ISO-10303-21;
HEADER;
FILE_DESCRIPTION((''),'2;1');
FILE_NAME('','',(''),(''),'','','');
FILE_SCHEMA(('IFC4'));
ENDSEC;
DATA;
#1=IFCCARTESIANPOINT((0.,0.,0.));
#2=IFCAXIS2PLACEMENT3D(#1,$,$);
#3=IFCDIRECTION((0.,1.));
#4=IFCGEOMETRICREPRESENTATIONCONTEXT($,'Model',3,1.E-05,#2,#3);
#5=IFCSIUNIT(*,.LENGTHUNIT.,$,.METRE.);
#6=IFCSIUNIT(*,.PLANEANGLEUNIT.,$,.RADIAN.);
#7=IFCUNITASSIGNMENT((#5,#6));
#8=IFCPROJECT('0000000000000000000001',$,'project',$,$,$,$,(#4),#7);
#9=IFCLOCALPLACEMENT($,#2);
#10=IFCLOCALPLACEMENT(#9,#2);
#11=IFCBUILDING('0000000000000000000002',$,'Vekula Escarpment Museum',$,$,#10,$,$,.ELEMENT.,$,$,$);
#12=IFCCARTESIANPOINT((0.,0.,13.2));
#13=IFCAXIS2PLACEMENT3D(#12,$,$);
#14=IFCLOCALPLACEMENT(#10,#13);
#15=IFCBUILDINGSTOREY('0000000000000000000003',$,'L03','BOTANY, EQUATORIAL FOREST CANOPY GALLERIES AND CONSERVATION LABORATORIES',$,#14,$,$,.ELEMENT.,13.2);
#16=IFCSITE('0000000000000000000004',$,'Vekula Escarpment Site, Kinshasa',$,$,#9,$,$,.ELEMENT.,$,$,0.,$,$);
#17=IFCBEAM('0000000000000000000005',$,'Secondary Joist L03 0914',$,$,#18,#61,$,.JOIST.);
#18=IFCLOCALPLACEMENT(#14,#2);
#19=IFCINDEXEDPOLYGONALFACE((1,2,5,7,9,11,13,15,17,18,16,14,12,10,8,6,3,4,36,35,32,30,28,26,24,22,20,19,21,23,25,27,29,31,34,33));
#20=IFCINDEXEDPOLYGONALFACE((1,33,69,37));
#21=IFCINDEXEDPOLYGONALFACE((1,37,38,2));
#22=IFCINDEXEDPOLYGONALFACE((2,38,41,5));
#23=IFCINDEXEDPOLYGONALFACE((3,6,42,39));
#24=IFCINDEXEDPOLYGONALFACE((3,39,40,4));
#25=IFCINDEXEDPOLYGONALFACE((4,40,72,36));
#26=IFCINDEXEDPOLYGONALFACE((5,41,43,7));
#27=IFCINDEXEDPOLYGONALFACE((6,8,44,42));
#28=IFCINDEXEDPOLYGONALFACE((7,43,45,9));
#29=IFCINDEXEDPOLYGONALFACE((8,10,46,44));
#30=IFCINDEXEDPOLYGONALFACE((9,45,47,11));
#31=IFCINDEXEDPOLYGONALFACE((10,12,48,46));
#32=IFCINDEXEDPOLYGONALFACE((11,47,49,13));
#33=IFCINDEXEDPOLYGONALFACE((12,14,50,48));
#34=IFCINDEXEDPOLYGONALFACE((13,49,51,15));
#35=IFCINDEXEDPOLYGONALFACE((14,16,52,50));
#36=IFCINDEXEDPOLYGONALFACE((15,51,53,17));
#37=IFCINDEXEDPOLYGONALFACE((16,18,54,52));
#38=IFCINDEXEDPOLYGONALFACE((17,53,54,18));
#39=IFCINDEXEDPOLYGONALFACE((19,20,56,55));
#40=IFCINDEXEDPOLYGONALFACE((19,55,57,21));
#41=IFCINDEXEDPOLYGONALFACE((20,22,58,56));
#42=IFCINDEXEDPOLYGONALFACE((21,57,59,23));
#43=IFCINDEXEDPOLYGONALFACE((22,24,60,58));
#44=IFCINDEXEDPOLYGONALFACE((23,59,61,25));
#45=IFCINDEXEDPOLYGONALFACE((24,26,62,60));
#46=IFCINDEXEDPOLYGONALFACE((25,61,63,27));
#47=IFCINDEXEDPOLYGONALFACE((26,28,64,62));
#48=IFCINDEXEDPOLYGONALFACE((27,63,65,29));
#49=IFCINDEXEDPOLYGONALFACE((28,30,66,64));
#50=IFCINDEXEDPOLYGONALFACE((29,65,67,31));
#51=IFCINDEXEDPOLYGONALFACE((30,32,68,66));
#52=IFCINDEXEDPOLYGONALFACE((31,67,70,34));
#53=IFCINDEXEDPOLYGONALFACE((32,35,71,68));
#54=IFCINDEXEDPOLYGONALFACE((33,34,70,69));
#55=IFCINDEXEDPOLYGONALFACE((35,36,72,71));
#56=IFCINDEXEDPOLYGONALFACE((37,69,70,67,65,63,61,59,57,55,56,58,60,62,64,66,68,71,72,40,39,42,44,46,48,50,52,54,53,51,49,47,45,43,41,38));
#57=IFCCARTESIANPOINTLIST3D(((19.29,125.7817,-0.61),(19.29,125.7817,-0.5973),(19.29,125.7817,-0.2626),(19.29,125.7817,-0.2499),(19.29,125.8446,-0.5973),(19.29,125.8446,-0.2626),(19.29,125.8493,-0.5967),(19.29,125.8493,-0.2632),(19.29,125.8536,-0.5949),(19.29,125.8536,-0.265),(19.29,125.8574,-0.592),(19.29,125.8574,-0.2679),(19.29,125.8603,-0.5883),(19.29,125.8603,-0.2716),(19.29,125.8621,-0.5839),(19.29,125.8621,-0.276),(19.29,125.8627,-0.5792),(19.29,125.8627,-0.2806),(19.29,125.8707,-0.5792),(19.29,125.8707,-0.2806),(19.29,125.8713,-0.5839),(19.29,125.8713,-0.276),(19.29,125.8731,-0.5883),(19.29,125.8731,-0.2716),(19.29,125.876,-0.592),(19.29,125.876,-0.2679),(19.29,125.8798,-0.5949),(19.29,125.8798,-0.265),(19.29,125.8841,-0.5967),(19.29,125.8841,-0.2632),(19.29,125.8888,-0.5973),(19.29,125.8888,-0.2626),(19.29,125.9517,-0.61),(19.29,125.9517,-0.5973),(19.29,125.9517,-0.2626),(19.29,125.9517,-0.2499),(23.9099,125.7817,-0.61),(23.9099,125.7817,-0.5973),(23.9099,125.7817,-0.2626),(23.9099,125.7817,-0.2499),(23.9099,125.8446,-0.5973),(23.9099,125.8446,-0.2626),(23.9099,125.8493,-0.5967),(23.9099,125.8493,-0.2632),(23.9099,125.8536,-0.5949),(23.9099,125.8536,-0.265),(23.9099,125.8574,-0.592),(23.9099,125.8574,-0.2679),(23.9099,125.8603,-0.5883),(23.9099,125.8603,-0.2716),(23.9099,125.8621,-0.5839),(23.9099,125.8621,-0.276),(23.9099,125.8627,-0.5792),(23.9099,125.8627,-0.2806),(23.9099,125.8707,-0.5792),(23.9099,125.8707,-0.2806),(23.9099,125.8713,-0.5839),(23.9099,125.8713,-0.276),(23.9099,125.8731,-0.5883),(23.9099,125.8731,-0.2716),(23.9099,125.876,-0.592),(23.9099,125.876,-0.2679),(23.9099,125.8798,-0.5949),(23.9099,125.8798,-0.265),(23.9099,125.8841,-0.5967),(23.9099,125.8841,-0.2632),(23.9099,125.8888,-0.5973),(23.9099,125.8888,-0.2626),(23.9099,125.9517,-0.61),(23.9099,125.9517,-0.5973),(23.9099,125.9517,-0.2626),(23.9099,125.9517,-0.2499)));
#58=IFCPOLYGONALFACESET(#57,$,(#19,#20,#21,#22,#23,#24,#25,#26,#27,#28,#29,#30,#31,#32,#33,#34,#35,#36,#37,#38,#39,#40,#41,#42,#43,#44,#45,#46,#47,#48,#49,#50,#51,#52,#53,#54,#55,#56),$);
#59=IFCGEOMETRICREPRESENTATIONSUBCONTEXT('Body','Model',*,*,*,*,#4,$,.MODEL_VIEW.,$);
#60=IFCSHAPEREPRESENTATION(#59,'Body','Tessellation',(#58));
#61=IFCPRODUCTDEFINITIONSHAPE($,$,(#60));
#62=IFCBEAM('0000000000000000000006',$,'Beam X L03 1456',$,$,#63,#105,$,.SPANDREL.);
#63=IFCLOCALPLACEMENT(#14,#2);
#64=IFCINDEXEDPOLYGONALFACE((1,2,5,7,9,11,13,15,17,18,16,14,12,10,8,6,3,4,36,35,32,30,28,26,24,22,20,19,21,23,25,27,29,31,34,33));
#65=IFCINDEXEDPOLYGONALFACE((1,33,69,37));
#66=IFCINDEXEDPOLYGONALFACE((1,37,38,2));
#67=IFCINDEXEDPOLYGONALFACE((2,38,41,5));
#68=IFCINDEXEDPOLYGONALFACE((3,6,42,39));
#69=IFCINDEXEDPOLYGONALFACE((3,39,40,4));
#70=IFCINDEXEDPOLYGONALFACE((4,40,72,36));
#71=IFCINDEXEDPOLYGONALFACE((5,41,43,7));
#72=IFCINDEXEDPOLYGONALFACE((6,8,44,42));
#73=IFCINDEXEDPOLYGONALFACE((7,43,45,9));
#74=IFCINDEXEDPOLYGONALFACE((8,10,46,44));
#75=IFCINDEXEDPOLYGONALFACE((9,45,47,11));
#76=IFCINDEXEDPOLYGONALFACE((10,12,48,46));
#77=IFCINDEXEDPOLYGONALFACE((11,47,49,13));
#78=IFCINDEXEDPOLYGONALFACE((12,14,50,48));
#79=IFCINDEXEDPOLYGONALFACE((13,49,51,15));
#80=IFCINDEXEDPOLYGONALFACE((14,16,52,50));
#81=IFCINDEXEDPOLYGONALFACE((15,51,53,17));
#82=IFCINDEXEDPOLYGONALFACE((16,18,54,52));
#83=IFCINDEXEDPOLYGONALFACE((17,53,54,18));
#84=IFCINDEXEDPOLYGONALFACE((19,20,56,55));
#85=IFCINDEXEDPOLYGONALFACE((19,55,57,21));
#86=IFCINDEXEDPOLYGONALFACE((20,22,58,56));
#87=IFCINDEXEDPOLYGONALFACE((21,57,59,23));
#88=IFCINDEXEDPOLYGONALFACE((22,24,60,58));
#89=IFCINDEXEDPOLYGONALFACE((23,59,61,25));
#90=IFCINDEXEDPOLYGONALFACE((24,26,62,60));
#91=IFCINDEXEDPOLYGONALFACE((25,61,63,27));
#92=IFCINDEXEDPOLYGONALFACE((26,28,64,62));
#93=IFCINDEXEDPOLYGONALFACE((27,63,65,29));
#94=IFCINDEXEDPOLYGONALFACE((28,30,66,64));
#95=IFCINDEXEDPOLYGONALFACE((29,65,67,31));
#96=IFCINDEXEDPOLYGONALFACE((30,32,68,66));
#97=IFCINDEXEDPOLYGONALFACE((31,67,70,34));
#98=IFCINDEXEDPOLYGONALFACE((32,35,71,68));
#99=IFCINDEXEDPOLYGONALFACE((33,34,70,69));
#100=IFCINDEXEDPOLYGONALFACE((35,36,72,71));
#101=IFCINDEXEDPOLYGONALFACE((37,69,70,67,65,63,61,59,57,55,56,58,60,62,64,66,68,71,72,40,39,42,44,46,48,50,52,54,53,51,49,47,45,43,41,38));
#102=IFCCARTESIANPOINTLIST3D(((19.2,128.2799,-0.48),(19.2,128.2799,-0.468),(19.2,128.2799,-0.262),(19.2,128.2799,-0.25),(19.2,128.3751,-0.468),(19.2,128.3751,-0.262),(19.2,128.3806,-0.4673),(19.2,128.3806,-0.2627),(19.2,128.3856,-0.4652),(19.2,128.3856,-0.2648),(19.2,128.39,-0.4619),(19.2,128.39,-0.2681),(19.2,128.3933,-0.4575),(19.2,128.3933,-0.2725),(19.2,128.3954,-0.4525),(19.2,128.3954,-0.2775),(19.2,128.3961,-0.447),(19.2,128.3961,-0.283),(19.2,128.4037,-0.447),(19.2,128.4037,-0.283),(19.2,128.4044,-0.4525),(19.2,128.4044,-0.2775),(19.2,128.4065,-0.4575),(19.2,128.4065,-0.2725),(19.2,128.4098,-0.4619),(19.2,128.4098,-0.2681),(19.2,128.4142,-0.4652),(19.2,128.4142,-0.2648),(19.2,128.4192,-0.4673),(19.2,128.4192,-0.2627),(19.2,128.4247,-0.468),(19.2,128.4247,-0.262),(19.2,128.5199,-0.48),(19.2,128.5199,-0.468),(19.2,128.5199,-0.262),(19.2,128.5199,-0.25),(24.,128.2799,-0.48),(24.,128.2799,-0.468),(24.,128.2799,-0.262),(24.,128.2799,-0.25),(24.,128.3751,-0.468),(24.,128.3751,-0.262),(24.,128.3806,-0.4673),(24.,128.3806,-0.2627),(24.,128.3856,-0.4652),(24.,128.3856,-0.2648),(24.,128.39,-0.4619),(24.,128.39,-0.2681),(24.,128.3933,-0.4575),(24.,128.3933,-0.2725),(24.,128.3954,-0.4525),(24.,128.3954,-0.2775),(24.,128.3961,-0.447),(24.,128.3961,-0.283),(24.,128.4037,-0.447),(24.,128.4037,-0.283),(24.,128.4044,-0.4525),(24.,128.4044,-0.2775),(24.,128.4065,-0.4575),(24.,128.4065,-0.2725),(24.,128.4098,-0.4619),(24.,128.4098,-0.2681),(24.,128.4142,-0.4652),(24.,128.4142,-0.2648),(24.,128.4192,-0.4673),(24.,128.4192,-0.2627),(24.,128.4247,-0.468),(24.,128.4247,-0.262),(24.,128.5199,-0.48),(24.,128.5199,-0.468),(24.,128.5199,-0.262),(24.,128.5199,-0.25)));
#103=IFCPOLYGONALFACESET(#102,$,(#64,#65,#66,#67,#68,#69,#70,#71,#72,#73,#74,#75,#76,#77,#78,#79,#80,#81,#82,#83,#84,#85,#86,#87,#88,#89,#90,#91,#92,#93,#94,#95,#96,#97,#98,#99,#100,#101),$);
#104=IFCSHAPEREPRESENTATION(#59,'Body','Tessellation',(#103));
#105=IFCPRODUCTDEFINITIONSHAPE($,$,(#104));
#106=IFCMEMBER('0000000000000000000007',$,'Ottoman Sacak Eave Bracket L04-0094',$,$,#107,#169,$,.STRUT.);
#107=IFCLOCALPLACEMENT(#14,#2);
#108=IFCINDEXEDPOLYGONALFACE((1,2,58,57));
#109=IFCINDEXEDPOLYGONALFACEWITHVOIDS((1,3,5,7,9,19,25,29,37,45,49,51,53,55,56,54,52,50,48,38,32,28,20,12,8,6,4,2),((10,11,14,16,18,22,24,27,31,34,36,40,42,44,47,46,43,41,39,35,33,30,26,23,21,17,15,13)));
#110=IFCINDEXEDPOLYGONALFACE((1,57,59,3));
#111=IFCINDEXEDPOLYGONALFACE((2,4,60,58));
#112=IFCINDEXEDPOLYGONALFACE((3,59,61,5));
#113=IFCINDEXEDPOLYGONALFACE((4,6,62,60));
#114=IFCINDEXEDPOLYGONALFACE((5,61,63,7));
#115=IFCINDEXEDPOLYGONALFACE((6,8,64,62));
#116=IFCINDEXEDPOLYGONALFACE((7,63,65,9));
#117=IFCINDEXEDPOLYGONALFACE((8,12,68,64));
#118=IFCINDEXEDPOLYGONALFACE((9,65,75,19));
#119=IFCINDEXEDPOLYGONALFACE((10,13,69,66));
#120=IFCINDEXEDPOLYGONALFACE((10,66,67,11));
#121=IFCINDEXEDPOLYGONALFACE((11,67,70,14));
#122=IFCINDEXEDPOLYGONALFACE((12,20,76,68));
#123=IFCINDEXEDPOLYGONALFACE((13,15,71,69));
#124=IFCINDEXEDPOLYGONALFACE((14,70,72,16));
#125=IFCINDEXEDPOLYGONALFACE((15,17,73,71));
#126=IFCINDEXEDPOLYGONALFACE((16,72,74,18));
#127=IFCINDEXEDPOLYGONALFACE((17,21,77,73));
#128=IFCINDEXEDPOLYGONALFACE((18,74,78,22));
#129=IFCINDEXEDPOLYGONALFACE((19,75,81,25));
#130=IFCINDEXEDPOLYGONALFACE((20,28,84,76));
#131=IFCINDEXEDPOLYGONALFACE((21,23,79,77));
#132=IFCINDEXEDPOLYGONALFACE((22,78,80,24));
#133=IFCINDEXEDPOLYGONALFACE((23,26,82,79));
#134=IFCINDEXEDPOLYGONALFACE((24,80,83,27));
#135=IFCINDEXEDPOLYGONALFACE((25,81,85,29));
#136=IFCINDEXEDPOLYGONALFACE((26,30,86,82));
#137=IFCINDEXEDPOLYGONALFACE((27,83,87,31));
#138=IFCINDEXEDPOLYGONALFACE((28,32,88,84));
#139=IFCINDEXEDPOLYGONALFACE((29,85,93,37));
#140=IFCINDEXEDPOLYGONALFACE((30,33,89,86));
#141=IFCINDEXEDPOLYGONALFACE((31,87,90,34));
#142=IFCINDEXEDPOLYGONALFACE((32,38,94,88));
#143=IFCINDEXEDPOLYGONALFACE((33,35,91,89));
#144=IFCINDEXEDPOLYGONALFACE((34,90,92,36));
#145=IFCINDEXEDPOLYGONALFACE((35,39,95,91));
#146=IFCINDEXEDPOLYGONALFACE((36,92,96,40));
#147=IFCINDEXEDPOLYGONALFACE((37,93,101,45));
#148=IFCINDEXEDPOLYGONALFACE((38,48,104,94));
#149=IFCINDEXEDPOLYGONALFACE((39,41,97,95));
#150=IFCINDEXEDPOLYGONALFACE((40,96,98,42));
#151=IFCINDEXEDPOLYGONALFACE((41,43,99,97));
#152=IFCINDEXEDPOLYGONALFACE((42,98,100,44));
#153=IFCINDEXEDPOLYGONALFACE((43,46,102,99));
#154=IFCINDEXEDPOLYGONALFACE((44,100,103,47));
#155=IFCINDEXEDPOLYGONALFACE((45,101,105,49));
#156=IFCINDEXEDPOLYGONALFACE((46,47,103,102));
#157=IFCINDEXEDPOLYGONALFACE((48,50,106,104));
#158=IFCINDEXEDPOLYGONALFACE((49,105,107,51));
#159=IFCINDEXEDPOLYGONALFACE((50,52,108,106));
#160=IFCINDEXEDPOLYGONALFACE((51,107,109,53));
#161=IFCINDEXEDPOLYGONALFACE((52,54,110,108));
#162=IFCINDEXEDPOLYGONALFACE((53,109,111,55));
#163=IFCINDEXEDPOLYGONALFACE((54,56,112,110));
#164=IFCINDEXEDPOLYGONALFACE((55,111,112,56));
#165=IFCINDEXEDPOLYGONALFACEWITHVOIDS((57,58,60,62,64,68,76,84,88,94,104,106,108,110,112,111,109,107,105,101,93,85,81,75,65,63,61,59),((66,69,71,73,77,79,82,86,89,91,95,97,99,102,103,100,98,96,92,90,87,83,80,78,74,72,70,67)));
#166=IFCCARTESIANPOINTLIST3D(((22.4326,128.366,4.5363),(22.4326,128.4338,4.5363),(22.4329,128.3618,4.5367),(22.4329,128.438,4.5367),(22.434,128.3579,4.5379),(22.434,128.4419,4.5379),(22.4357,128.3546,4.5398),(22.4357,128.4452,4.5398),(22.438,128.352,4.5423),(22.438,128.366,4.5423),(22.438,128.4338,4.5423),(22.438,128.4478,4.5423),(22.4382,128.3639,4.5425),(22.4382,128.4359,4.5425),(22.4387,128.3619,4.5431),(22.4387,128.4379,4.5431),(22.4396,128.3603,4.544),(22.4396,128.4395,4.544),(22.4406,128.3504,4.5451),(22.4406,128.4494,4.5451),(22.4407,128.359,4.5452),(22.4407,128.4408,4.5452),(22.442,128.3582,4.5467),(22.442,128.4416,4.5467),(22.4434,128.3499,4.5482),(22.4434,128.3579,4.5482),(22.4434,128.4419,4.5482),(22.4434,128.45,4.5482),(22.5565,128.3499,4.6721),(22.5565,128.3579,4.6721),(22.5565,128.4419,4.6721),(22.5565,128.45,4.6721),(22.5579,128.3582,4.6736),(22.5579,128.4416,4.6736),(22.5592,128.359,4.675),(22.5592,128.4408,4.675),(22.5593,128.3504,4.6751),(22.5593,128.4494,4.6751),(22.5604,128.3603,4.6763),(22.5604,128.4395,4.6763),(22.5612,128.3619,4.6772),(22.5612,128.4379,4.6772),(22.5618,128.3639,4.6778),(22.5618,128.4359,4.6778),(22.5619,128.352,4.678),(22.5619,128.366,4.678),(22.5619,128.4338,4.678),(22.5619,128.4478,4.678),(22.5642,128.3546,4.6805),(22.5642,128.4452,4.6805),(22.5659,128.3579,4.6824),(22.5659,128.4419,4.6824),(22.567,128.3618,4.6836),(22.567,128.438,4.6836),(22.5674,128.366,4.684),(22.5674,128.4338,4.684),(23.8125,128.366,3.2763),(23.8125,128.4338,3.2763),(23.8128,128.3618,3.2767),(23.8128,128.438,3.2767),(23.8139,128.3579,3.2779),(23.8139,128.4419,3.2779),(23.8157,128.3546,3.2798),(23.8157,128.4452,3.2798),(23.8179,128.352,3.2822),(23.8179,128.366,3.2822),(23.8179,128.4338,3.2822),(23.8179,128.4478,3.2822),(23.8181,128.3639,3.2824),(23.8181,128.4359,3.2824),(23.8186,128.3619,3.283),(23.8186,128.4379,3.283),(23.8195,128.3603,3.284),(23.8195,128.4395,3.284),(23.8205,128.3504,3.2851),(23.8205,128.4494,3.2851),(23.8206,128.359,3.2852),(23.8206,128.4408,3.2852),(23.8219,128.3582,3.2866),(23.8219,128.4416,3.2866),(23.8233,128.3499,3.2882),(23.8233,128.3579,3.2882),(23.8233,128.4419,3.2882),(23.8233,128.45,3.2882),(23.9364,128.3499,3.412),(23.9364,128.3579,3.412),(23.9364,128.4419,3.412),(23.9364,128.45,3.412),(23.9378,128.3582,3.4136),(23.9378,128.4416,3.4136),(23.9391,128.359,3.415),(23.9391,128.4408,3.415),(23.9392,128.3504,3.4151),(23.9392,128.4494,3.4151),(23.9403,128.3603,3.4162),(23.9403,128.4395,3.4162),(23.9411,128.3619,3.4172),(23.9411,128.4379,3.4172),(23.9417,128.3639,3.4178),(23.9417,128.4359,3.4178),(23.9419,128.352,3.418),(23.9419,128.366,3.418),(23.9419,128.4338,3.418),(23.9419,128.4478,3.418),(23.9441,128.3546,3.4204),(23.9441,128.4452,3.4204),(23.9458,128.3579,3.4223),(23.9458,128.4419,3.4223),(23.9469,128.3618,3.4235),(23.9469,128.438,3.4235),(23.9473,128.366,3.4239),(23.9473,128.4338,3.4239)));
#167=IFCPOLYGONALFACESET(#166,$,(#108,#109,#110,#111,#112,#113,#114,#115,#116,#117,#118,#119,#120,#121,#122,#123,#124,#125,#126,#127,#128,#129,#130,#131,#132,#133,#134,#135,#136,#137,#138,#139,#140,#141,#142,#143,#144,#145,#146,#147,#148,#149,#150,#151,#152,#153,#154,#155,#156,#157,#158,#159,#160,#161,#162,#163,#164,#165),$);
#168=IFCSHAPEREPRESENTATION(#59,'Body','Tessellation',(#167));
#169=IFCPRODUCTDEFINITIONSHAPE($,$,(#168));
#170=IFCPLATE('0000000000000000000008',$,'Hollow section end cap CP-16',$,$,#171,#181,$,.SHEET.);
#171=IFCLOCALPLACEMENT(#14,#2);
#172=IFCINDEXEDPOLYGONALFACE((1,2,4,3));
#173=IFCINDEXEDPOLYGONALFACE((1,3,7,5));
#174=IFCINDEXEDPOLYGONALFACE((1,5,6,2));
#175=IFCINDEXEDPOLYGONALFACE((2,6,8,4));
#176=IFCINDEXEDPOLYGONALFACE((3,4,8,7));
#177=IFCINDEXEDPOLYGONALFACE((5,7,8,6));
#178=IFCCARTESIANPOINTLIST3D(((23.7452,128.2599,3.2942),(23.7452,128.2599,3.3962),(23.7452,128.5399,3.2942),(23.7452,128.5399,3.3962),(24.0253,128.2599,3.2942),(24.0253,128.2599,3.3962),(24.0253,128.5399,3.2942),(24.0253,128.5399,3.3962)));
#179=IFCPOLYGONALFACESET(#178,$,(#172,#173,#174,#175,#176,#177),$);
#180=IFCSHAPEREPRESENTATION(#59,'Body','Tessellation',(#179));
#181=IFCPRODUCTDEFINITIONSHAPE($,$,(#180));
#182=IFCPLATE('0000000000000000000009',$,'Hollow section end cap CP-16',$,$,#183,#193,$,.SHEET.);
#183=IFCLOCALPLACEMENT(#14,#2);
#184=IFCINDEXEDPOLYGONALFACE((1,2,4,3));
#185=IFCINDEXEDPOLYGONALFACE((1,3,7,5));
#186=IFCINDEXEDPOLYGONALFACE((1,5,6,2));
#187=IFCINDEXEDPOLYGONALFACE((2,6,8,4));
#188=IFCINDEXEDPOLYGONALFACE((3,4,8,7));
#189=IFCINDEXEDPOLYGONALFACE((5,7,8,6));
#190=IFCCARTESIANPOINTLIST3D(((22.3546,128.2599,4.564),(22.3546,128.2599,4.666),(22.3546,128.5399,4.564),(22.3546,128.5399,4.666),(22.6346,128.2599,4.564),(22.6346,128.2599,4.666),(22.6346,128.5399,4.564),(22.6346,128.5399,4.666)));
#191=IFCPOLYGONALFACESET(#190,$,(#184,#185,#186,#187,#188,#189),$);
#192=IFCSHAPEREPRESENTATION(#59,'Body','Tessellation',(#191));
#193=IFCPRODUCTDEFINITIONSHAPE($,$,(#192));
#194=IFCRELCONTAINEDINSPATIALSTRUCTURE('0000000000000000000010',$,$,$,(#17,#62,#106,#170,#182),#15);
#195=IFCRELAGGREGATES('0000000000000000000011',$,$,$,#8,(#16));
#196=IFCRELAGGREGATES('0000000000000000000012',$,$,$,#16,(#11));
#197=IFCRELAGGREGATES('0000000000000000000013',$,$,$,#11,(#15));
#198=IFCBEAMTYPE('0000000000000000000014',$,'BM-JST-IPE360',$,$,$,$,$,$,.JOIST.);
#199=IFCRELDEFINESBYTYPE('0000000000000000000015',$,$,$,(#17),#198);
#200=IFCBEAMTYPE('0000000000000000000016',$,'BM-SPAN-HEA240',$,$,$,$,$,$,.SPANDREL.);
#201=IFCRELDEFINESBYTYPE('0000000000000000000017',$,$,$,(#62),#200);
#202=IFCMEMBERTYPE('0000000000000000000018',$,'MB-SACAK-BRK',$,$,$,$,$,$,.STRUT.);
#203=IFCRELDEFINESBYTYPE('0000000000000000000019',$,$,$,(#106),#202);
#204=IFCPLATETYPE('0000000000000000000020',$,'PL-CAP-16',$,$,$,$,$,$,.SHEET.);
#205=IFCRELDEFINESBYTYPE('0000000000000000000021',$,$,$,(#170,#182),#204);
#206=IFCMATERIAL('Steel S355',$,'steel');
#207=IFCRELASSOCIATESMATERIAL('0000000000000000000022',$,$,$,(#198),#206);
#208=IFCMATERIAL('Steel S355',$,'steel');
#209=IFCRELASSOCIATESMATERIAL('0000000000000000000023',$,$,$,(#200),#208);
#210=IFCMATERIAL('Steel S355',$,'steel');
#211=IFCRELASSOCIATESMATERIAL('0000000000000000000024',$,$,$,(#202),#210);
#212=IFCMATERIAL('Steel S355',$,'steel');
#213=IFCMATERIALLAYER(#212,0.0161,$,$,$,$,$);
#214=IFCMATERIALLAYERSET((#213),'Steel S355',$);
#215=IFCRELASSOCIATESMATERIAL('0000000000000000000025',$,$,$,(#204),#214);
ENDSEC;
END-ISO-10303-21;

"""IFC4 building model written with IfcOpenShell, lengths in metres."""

from ifc_helpers import new_model, si_unit, direction, frame, origin, origin_2d, place, context, subcontext, project, spatial, rectangle, hollow_rectangle, i_section, extrude, material, layer, layer_set, material_profile, profile_set, type_object, element, save


model = new_model("IFC4")

# Units and contexts
model_context = context("Model", 3, precision=1e-05, world=origin(), true_north=direction((0.0, 1.0)))
body_context = subcontext(model_context, "Body", "Model", "MODEL_VIEW")
ifc_project = project(units=[si_unit("LENGTHUNIT", "METRE"), si_unit("PLANEANGLEUNIT", "RADIAN")], contexts=[model_context])

# Site, building, storey
site_placement = place(None, origin())
site = spatial("IfcSite", under=ifc_project, at=site_placement, Name="Vekula Escarpment Site, Kinshasa", CompositionType="ELEMENT", RefElevation=0.0)
building_placement = place(site_placement, origin())
building = spatial("IfcBuilding", under=site, at=building_placement, Name="Vekula Escarpment Museum", CompositionType="ELEMENT")
storey_placement = place(building_placement, frame((0.0, 0.0, 13.2)))
storey = spatial("IfcBuildingStorey", under=building, at=storey_placement, Name="L03", Description="BOTANY, EQUATORIAL FOREST CANOPY GALLERIES AND CONSERVATION LABORATORIES", CompositionType="ELEMENT", Elevation=13.2)

# Beams
ifc_material_1 = material(Name="Steel S355", Category="steel")
ifc_material_profile_1 = material_profile(ifc_material_1, i_section(OverallWidth=0.1699, OverallDepth=0.3601, WebThickness=0.0081, FlangeThickness=0.0127, FilletRadius=0.0181, at=origin_2d()), Name="IPE 360")
ifc_profile_set_1 = profile_set([ifc_material_profile_1], Name="Steel S355")
beam_type_1 = type_object("IfcBeamType", Name="BM-JST-IPE360", PredefinedType="JOIST", material=ifc_profile_set_1)
beam_1_placement = place(storey_placement, frame((19.29, 125.8667, -0.4299), z_axis=(1.0, 0.0, 0.0), x_axis=(0.0, 1.0, 0.0)))
element("IfcBeam", 1, at=beam_1_placement, inside=storey, type_object=beam_type_1, Name="Secondary Joist L03 0914", PredefinedType="JOIST", context=body_context, shape_type="SweptSolid", body=[
    extrude(i_section(OverallWidth=0.1699, OverallDepth=0.3601, WebThickness=0.0081, FlangeThickness=0.0127, FilletRadius=0.0181, at=origin_2d()), origin(), (0.0, 0.0, 1.0), 4.6199),
])
ifc_material_2 = material(Name="Steel S355", Category="steel")
ifc_material_profile_2 = material_profile(ifc_material_2, i_section(OverallWidth=0.24, OverallDepth=0.23, WebThickness=0.0076, FlangeThickness=0.012, FilletRadius=0.021, at=origin_2d()), Name="HEA 240")
ifc_profile_set_2 = profile_set([ifc_material_profile_2], Name="Steel S355")
beam_type_2 = type_object("IfcBeamType", Name="BM-SPAN-HEA240", PredefinedType="SPANDREL", material=ifc_profile_set_2)
beam_2_placement = place(storey_placement, frame((19.2, 128.3999, -0.365), z_axis=(1.0, 0.0, 0.0), x_axis=(0.0, 1.0, 0.0)))
element("IfcBeam", 2, at=beam_2_placement, inside=storey, type_object=beam_type_2, Name="Beam X L03 1456", PredefinedType="SPANDREL", context=body_context, shape_type="SweptSolid", body=[
    extrude(i_section(OverallWidth=0.24, OverallDepth=0.23, WebThickness=0.0076, FlangeThickness=0.012, FilletRadius=0.021, at=origin_2d()), origin(), (0.0, 0.0, 1.0), 4.8),
])

# Member
ifc_material_3 = material(Name="Steel S355", Category="steel")
ifc_material_profile_3 = material_profile(ifc_material_3, hollow_rectangle(XDim=0.1001, YDim=0.2, WallThickness=0.0081, InnerFilletRadius=0.0081, OuterFilletRadius=0.0161, at=origin_2d()), Name="RHS 200x100x8")
ifc_profile_set_3 = profile_set([ifc_material_profile_3], Name="Steel S355")
member_type = type_object("IfcMemberType", Name="MB-SACAK-BRK", PredefinedType="STRUT", material=ifc_profile_set_3)
member_placement = place(storey_placement, frame((23.8799, 128.3999, 3.3501), z_axis=(-0.738454, 0.0, 0.674303), x_axis=(0.0, -1.0, 0.0)))
element("IfcMember", 3, at=member_placement, inside=storey, type_object=member_type, Name="Ottoman Sacak Eave Bracket L04-0094", PredefinedType="STRUT", context=body_context, shape_type="SweptSolid", body=[
    extrude(hollow_rectangle(XDim=0.1001, YDim=0.2, WallThickness=0.0081, InnerFilletRadius=0.0081, OuterFilletRadius=0.0161, at=origin_2d()), origin(), (0.0, 0.0, 1.0), 1.8687),
])

# Plates
ifc_material_4 = material(Name="Steel S355", Category="steel")
ifc_layer_1 = layer(ifc_material_4, 0.0161)
ifc_layer_set_1 = layer_set([ifc_layer_1], Name="Steel S355")
plate_type_1 = type_object("IfcPlateType", Name="PL-CAP-16", PredefinedType="SHEET", material=ifc_layer_set_1)
for number, where, z_axis, x_axis, name in (
    (4, (23.8853, 128.3999, 3.2942), (0.0, 0.0, 1.0), (1.0, 0.0, 0.0), "Hollow section end cap CP-16"),
    (5, (22.4946, 128.3999, 4.564), (0.0, 0.0, 1.0), (1.0, 0.0, 0.0), "Hollow section end cap CP-16"),
):
    element("IfcPlate", number, at=place(storey_placement, frame(where, z_axis=z_axis, x_axis=x_axis)), inside=storey, type_object=plate_type_1, Name=name, PredefinedType="SHEET", context=body_context, shape_type="SweptSolid", body=[
        extrude(rectangle(XDim=0.28, YDim=0.28, at=origin_2d()), origin(), (0.0, 0.0, 1.0), 0.1021),
    ])

save(model, "model.ifc")
